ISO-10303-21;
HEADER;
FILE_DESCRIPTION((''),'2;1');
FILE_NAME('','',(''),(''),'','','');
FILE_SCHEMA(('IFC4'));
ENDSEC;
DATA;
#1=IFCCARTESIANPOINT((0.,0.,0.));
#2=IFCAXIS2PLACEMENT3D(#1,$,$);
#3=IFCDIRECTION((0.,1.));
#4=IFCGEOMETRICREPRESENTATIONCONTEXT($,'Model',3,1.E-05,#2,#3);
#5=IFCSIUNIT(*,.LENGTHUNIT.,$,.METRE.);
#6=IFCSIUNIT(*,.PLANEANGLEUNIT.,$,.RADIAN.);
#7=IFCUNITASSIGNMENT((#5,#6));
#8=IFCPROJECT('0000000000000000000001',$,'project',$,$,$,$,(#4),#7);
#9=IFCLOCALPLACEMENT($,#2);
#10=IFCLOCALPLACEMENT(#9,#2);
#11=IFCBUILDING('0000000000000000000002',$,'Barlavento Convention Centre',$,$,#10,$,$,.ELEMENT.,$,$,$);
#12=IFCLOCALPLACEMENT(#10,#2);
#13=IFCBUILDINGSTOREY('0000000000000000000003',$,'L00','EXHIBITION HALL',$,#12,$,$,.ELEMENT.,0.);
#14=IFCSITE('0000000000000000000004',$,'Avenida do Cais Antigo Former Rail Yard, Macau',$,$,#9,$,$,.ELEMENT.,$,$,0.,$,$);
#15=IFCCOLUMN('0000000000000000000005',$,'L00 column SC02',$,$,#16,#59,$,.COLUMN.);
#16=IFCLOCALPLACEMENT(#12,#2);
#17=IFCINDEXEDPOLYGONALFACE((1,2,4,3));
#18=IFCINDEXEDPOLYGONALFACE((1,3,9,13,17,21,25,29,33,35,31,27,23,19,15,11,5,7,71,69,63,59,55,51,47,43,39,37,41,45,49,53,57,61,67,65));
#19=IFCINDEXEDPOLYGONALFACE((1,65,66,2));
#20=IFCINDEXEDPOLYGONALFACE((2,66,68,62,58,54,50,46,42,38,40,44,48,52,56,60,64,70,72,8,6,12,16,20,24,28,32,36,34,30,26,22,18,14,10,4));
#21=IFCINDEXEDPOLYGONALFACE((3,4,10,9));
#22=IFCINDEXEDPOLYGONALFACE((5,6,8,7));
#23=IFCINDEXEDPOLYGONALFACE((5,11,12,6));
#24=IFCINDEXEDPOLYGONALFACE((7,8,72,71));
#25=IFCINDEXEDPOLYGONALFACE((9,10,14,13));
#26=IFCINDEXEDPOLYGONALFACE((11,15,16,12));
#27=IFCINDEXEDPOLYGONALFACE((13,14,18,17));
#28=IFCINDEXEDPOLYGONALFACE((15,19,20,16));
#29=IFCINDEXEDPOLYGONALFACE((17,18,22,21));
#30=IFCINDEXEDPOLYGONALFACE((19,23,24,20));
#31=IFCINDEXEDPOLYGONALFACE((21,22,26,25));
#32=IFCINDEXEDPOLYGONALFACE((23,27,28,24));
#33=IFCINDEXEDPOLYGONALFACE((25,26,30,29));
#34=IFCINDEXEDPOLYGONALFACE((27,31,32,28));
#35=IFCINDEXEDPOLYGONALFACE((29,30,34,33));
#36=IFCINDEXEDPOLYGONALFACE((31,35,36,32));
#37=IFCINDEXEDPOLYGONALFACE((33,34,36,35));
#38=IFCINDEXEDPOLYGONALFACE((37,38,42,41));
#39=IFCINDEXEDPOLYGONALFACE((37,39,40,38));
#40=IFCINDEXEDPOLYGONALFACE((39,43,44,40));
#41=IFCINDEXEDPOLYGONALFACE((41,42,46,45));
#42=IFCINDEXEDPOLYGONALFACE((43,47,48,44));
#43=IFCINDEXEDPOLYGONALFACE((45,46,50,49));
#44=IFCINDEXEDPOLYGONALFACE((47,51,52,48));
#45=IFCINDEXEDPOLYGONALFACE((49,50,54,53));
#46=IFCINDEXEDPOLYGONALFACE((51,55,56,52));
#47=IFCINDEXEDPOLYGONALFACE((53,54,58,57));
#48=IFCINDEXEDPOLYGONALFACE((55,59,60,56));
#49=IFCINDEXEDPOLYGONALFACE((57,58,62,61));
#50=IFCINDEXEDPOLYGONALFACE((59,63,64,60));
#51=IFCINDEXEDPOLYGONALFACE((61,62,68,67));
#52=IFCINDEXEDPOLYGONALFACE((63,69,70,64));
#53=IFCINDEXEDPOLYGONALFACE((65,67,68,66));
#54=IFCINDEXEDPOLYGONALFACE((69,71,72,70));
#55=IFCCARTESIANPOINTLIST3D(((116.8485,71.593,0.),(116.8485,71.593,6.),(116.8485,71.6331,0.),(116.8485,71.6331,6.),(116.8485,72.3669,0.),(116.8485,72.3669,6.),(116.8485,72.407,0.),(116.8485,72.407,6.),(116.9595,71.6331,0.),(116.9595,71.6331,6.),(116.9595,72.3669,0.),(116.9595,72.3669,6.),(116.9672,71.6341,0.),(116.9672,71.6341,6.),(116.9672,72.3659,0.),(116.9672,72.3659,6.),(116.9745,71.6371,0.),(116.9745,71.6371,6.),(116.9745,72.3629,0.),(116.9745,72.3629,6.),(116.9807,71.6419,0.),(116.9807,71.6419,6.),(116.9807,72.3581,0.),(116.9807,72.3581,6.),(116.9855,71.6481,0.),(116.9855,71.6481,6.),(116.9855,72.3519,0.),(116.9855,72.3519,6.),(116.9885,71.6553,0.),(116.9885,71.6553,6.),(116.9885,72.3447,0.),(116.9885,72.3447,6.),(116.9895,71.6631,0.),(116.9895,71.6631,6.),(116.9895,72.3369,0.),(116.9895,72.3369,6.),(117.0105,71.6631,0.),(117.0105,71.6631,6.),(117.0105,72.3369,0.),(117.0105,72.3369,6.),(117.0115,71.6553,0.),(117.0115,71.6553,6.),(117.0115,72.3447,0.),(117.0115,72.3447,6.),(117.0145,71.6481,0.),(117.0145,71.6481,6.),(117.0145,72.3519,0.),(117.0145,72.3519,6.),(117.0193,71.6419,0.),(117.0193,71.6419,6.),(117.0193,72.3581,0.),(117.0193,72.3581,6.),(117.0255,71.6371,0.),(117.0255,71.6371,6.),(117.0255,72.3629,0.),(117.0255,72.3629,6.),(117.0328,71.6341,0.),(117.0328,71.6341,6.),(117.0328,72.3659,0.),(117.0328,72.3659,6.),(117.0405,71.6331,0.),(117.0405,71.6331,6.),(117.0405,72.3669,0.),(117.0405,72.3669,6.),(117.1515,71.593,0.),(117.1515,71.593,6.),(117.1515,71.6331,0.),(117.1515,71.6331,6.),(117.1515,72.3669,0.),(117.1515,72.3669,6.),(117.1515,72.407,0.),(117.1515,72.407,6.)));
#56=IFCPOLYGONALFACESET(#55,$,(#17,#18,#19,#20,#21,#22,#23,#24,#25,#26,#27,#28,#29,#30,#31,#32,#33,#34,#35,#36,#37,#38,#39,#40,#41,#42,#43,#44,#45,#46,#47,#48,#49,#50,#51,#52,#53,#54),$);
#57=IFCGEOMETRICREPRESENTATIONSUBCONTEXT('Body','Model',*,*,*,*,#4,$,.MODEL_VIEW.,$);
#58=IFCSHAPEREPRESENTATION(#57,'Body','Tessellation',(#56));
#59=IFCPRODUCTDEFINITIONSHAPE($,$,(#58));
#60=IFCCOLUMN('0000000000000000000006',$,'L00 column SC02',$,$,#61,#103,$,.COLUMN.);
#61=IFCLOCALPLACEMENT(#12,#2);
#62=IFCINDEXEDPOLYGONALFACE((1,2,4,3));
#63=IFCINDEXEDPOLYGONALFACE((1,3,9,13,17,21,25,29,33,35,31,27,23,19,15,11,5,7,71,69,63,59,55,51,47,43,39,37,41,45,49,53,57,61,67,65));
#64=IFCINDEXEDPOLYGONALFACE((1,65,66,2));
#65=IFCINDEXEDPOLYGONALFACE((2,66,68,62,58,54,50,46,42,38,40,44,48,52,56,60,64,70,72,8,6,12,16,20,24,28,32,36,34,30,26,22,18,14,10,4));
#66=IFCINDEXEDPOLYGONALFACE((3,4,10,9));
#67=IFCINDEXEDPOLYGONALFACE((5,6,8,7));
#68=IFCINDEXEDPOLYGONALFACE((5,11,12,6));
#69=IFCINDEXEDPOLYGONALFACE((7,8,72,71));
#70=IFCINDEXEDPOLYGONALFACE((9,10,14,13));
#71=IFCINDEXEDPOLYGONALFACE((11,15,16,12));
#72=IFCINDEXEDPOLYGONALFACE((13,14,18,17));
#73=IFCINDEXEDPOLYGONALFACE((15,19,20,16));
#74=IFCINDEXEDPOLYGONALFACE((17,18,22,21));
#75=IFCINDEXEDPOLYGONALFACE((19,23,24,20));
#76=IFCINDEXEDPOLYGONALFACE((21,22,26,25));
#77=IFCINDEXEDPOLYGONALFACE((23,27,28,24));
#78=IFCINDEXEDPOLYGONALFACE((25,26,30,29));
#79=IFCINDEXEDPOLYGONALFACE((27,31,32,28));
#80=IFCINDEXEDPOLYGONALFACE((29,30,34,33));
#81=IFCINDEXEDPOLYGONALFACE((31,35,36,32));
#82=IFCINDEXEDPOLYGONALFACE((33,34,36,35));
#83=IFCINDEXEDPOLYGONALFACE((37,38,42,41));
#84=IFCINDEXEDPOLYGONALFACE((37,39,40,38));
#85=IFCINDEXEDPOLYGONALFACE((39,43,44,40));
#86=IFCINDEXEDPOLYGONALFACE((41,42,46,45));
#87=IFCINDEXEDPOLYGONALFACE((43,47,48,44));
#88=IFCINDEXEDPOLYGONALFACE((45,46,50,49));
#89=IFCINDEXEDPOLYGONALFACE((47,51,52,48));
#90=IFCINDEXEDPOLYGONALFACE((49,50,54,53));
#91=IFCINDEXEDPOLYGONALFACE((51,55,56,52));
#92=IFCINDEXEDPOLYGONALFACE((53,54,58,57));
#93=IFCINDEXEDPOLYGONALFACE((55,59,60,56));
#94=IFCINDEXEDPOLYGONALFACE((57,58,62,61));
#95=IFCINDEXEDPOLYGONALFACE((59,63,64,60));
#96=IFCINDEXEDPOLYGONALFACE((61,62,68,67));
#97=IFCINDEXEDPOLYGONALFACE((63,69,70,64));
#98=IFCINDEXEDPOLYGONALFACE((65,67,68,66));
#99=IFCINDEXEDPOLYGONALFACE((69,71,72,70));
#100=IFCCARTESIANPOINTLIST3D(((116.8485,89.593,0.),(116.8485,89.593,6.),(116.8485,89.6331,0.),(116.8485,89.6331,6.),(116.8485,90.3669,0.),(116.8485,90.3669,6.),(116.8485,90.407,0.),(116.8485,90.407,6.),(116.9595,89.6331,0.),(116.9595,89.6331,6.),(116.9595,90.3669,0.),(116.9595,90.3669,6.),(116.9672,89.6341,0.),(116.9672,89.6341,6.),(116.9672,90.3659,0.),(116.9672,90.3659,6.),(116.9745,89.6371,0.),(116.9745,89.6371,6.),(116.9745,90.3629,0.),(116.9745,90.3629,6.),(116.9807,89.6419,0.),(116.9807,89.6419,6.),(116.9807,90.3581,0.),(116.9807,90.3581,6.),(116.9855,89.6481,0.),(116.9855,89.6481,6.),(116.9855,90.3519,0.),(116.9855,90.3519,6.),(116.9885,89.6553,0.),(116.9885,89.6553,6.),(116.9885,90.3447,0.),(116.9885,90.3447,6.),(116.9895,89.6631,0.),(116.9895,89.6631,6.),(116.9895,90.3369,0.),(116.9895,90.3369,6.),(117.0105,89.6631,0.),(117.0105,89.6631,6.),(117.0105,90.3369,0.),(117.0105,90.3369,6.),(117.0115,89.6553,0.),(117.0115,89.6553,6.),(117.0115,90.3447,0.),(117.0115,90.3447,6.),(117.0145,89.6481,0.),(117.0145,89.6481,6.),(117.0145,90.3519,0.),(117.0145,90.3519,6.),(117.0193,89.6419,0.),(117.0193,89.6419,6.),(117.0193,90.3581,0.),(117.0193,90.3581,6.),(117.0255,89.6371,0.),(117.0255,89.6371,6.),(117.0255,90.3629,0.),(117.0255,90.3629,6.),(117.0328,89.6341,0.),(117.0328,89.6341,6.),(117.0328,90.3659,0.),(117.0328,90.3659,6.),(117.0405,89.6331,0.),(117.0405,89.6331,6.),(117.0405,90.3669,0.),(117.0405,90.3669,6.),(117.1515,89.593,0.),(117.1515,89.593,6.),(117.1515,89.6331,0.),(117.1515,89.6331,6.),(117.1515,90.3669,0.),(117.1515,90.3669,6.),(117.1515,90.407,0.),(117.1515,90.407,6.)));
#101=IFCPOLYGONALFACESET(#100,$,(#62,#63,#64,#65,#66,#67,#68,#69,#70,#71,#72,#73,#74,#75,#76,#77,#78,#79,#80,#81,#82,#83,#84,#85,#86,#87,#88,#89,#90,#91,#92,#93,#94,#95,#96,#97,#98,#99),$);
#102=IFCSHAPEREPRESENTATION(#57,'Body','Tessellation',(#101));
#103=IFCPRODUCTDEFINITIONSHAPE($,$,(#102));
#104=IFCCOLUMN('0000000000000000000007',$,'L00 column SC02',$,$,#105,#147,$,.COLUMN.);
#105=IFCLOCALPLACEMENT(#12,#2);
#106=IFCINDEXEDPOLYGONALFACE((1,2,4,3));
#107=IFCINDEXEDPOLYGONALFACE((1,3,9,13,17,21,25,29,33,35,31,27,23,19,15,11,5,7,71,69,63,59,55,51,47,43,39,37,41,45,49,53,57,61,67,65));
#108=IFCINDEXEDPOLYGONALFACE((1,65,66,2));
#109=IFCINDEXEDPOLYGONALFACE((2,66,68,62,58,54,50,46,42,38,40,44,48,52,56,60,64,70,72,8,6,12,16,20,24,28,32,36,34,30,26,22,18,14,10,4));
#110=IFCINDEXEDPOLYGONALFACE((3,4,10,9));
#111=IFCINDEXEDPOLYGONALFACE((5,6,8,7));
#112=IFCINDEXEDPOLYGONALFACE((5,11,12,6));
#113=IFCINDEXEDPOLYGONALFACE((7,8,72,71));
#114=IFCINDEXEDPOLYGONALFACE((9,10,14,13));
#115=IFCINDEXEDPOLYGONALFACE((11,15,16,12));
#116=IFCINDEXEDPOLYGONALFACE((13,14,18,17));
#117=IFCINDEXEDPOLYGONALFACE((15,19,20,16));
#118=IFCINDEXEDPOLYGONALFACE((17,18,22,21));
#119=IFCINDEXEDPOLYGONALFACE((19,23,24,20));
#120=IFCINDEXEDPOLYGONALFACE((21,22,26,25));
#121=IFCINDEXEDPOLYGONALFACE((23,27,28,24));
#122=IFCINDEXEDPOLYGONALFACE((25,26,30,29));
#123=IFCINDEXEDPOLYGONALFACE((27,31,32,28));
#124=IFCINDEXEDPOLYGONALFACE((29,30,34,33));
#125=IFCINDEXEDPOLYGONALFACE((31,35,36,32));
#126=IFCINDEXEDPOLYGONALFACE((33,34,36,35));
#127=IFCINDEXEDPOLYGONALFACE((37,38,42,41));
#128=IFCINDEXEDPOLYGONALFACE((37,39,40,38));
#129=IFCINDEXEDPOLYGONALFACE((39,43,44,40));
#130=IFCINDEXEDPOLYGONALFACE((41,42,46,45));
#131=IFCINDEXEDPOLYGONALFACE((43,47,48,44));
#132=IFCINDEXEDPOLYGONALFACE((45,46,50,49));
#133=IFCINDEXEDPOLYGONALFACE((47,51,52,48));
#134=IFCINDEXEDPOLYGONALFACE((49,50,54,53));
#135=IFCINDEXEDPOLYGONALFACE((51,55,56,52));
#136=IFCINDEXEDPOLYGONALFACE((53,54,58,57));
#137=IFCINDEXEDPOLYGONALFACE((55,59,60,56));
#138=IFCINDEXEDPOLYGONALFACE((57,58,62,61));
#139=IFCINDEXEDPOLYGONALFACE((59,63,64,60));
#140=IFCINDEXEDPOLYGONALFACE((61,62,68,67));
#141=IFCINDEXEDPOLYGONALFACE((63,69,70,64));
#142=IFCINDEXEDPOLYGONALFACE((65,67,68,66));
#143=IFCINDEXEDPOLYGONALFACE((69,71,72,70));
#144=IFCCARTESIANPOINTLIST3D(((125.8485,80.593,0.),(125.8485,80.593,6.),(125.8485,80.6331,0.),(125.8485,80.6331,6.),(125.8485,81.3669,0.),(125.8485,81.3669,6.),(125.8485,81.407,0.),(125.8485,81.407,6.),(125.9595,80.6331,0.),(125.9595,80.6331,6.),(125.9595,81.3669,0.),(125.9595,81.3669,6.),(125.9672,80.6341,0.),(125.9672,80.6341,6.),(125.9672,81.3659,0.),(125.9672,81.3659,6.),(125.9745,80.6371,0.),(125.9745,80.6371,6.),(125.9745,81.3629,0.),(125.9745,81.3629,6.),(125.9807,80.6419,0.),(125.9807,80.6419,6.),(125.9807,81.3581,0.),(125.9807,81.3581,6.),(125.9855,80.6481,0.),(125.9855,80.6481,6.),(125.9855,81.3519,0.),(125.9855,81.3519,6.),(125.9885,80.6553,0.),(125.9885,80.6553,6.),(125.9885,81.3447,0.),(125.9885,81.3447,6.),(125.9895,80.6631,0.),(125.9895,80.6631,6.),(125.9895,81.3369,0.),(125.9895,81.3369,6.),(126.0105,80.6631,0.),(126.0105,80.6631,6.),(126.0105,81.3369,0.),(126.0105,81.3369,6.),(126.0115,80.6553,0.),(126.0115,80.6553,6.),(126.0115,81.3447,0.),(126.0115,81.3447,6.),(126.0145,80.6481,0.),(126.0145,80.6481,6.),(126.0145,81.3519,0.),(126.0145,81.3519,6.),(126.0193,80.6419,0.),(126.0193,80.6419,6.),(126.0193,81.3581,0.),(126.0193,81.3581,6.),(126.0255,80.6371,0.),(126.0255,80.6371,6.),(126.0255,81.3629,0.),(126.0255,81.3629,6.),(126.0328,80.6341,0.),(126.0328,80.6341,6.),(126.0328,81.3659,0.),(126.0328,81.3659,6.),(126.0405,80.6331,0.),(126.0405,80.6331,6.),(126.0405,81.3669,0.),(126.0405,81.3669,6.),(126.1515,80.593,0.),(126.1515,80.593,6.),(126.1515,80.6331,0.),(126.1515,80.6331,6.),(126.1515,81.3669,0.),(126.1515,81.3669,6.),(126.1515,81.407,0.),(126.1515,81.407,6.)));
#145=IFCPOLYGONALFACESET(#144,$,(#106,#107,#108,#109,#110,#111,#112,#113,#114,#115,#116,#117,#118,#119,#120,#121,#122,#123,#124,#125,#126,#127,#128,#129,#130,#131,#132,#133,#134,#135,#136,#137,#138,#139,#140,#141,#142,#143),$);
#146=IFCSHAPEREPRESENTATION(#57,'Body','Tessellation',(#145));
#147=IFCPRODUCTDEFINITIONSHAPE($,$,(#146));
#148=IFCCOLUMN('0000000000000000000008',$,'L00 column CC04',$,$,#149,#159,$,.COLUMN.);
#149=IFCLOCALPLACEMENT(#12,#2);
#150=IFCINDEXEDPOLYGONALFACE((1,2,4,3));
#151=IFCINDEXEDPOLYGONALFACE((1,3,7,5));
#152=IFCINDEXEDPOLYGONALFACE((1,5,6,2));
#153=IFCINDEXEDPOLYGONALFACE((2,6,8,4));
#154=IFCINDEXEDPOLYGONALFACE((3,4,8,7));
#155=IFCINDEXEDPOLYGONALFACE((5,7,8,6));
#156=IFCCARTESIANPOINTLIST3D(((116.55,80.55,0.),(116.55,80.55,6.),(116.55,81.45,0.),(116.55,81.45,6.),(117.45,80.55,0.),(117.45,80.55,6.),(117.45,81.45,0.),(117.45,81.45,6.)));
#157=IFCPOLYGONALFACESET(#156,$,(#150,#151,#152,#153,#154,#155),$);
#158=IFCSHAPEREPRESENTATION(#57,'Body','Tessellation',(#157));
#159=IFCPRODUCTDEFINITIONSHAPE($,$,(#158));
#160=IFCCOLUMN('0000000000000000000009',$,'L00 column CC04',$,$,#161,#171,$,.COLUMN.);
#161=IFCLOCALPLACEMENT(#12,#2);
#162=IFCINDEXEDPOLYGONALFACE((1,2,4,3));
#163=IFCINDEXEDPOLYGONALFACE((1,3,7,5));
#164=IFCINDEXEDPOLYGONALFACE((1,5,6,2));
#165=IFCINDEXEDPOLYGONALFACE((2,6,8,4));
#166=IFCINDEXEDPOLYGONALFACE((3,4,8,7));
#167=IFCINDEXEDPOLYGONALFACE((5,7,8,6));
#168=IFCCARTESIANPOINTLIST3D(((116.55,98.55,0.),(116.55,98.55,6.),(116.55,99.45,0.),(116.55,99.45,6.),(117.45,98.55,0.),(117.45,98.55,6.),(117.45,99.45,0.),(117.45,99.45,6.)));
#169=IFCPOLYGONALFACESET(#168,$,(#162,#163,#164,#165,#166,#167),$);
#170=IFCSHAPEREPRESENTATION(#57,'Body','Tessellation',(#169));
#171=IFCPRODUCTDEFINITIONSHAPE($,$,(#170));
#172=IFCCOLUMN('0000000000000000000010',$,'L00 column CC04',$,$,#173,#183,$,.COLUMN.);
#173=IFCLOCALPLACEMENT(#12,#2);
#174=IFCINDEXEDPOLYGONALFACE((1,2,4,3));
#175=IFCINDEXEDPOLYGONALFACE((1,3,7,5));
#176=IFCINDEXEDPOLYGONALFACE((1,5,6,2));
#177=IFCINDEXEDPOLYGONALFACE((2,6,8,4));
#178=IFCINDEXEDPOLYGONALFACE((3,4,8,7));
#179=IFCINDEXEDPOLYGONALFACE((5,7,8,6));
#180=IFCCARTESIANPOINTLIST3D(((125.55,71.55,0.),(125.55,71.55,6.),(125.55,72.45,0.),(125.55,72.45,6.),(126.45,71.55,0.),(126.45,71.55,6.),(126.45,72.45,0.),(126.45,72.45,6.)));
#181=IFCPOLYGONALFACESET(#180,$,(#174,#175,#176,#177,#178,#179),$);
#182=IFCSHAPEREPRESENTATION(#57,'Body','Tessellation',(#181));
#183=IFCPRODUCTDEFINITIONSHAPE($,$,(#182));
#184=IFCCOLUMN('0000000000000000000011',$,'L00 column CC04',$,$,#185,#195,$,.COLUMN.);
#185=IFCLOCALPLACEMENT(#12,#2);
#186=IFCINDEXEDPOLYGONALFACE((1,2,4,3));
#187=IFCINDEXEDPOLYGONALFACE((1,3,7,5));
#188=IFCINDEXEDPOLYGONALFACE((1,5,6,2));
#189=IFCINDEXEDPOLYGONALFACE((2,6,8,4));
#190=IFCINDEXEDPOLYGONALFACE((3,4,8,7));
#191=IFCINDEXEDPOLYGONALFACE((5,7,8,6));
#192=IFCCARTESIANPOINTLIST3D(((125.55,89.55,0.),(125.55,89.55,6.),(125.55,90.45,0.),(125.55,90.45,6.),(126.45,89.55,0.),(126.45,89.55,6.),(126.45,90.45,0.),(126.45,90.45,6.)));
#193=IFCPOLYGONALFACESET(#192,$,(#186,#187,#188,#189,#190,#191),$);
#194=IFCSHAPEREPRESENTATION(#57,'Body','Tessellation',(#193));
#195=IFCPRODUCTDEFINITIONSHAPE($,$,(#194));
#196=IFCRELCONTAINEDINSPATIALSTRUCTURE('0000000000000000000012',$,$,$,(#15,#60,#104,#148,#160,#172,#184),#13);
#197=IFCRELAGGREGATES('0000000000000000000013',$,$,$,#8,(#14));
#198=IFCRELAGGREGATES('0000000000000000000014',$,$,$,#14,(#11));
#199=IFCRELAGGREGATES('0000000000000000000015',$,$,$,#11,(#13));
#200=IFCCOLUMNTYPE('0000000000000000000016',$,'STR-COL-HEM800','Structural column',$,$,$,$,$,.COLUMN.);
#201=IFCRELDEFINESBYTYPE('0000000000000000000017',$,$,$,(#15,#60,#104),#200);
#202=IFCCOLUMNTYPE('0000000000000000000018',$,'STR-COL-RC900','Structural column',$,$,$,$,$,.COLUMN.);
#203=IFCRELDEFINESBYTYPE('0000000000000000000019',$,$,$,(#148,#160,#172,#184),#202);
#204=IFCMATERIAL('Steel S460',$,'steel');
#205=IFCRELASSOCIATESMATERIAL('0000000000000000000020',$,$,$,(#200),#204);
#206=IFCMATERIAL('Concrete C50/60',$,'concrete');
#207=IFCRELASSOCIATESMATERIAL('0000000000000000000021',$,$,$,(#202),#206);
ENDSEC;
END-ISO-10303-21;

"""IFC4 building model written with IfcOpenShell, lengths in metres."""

from ifc_helpers import new_model, si_unit, direction, frame, origin, origin_2d, place, context, subcontext, project, spatial, rectangle, i_section, extrude, material, material_profile, profile_set, type_object, element, save


model = new_model("IFC4")

# Units and contexts
model_context = context("Model", 3, precision=1e-05, world=origin(), true_north=direction((0.0, 1.0)))
body_context = subcontext(model_context, "Body", "Model", "MODEL_VIEW")
ifc_project = project(units=[si_unit("LENGTHUNIT", "METRE"), si_unit("PLANEANGLEUNIT", "RADIAN")], contexts=[model_context])

# Site, building, storey
site_placement = place(None, origin())
site = spatial("IfcSite", under=ifc_project, at=site_placement, Name="Avenida do Cais Antigo Former Rail Yard, Macau", CompositionType="ELEMENT", RefElevation=0.0)
building_placement = place(site_placement, origin())
building = spatial("IfcBuilding", under=site, at=building_placement, Name="Barlavento Convention Centre", CompositionType="ELEMENT")
storey_placement = place(building_placement, origin())
storey = spatial("IfcBuildingStorey", under=building, at=storey_placement, Name="L00", Description="EXHIBITION HALL", CompositionType="ELEMENT", Elevation=0.0)

# Columns
ifc_material_1 = material(Name="Steel S460", Category="steel")
ifc_material_profile_1 = material_profile(ifc_material_1, i_section(OverallWidth=0.303, OverallDepth=0.814, WebThickness=0.021, FlangeThickness=0.04, FilletRadius=0.03, at=origin_2d()), Name="HEM 800")
ifc_profile_set_1 = profile_set([ifc_material_profile_1], Name="Steel S460")
column_type_1 = type_object("IfcColumnType", Name="STR-COL-HEM800", Description="Structural column", PredefinedType="COLUMN", material=ifc_profile_set_1)
for number, where, z_axis, x_axis, name in (
    (1, (117.0, 72.0, 0.0), (0.0, 0.0, 1.0), (1.0, 0.0, 0.0), "L00 column SC02"),
    (2, (117.0, 90.0, 0.0), (0.0, 0.0, 1.0), (1.0, 0.0, 0.0), "L00 column SC02"),
    (3, (126.0, 81.0, 0.0), (0.0, 0.0, 1.0), (1.0, 0.0, 0.0), "L00 column SC02"),
):
    element("IfcColumn", number, at=place(storey_placement, frame(where, z_axis=z_axis, x_axis=x_axis)), inside=storey, type_object=column_type_1, Name=name, PredefinedType="COLUMN", context=body_context, shape_type="SweptSolid", body=[
        extrude(i_section(OverallWidth=0.303, OverallDepth=0.814, WebThickness=0.021, FlangeThickness=0.04, FilletRadius=0.03, at=origin_2d()), origin(), (0.0, 0.0, 1.0), 6.0),
    ])
ifc_material_2 = material(Name="Concrete C50/60", Category="concrete")
ifc_material_profile_2 = material_profile(ifc_material_2, rectangle(XDim=0.8999, YDim=0.8999, at=origin_2d()), Name="RC 900x900")
ifc_profile_set_2 = profile_set([ifc_material_profile_2], Name="Concrete C50/60")
column_type_2 = type_object("IfcColumnType", Name="STR-COL-RC900", Description="Structural column", PredefinedType="COLUMN", material=ifc_profile_set_2)
for number, where, z_axis, x_axis, name in (
    (4, (117.0, 81.0, 0.0), (0.0, 0.0, 1.0), (1.0, 0.0, 0.0), "L00 column CC04"),
    (5, (117.0, 99.0, 0.0), (0.0, 0.0, 1.0), (1.0, 0.0, 0.0), "L00 column CC04"),
    (6, (126.0, 72.0, 0.0), (0.0, 0.0, 1.0), (1.0, 0.0, 0.0), "L00 column CC04"),
    (7, (126.0, 90.0, 0.0), (0.0, 0.0, 1.0), (1.0, 0.0, 0.0), "L00 column CC04"),
):
    element("IfcColumn", number, at=place(storey_placement, frame(where, z_axis=z_axis, x_axis=x_axis)), inside=storey, type_object=column_type_2, Name=name, PredefinedType="COLUMN", context=body_context, shape_type="SweptSolid", body=[
        extrude(rectangle(XDim=0.8999, YDim=0.8999, at=origin_2d()), origin(), (0.0, 0.0, 1.0), 6.0),
    ])

save(model, "model.ifc")
